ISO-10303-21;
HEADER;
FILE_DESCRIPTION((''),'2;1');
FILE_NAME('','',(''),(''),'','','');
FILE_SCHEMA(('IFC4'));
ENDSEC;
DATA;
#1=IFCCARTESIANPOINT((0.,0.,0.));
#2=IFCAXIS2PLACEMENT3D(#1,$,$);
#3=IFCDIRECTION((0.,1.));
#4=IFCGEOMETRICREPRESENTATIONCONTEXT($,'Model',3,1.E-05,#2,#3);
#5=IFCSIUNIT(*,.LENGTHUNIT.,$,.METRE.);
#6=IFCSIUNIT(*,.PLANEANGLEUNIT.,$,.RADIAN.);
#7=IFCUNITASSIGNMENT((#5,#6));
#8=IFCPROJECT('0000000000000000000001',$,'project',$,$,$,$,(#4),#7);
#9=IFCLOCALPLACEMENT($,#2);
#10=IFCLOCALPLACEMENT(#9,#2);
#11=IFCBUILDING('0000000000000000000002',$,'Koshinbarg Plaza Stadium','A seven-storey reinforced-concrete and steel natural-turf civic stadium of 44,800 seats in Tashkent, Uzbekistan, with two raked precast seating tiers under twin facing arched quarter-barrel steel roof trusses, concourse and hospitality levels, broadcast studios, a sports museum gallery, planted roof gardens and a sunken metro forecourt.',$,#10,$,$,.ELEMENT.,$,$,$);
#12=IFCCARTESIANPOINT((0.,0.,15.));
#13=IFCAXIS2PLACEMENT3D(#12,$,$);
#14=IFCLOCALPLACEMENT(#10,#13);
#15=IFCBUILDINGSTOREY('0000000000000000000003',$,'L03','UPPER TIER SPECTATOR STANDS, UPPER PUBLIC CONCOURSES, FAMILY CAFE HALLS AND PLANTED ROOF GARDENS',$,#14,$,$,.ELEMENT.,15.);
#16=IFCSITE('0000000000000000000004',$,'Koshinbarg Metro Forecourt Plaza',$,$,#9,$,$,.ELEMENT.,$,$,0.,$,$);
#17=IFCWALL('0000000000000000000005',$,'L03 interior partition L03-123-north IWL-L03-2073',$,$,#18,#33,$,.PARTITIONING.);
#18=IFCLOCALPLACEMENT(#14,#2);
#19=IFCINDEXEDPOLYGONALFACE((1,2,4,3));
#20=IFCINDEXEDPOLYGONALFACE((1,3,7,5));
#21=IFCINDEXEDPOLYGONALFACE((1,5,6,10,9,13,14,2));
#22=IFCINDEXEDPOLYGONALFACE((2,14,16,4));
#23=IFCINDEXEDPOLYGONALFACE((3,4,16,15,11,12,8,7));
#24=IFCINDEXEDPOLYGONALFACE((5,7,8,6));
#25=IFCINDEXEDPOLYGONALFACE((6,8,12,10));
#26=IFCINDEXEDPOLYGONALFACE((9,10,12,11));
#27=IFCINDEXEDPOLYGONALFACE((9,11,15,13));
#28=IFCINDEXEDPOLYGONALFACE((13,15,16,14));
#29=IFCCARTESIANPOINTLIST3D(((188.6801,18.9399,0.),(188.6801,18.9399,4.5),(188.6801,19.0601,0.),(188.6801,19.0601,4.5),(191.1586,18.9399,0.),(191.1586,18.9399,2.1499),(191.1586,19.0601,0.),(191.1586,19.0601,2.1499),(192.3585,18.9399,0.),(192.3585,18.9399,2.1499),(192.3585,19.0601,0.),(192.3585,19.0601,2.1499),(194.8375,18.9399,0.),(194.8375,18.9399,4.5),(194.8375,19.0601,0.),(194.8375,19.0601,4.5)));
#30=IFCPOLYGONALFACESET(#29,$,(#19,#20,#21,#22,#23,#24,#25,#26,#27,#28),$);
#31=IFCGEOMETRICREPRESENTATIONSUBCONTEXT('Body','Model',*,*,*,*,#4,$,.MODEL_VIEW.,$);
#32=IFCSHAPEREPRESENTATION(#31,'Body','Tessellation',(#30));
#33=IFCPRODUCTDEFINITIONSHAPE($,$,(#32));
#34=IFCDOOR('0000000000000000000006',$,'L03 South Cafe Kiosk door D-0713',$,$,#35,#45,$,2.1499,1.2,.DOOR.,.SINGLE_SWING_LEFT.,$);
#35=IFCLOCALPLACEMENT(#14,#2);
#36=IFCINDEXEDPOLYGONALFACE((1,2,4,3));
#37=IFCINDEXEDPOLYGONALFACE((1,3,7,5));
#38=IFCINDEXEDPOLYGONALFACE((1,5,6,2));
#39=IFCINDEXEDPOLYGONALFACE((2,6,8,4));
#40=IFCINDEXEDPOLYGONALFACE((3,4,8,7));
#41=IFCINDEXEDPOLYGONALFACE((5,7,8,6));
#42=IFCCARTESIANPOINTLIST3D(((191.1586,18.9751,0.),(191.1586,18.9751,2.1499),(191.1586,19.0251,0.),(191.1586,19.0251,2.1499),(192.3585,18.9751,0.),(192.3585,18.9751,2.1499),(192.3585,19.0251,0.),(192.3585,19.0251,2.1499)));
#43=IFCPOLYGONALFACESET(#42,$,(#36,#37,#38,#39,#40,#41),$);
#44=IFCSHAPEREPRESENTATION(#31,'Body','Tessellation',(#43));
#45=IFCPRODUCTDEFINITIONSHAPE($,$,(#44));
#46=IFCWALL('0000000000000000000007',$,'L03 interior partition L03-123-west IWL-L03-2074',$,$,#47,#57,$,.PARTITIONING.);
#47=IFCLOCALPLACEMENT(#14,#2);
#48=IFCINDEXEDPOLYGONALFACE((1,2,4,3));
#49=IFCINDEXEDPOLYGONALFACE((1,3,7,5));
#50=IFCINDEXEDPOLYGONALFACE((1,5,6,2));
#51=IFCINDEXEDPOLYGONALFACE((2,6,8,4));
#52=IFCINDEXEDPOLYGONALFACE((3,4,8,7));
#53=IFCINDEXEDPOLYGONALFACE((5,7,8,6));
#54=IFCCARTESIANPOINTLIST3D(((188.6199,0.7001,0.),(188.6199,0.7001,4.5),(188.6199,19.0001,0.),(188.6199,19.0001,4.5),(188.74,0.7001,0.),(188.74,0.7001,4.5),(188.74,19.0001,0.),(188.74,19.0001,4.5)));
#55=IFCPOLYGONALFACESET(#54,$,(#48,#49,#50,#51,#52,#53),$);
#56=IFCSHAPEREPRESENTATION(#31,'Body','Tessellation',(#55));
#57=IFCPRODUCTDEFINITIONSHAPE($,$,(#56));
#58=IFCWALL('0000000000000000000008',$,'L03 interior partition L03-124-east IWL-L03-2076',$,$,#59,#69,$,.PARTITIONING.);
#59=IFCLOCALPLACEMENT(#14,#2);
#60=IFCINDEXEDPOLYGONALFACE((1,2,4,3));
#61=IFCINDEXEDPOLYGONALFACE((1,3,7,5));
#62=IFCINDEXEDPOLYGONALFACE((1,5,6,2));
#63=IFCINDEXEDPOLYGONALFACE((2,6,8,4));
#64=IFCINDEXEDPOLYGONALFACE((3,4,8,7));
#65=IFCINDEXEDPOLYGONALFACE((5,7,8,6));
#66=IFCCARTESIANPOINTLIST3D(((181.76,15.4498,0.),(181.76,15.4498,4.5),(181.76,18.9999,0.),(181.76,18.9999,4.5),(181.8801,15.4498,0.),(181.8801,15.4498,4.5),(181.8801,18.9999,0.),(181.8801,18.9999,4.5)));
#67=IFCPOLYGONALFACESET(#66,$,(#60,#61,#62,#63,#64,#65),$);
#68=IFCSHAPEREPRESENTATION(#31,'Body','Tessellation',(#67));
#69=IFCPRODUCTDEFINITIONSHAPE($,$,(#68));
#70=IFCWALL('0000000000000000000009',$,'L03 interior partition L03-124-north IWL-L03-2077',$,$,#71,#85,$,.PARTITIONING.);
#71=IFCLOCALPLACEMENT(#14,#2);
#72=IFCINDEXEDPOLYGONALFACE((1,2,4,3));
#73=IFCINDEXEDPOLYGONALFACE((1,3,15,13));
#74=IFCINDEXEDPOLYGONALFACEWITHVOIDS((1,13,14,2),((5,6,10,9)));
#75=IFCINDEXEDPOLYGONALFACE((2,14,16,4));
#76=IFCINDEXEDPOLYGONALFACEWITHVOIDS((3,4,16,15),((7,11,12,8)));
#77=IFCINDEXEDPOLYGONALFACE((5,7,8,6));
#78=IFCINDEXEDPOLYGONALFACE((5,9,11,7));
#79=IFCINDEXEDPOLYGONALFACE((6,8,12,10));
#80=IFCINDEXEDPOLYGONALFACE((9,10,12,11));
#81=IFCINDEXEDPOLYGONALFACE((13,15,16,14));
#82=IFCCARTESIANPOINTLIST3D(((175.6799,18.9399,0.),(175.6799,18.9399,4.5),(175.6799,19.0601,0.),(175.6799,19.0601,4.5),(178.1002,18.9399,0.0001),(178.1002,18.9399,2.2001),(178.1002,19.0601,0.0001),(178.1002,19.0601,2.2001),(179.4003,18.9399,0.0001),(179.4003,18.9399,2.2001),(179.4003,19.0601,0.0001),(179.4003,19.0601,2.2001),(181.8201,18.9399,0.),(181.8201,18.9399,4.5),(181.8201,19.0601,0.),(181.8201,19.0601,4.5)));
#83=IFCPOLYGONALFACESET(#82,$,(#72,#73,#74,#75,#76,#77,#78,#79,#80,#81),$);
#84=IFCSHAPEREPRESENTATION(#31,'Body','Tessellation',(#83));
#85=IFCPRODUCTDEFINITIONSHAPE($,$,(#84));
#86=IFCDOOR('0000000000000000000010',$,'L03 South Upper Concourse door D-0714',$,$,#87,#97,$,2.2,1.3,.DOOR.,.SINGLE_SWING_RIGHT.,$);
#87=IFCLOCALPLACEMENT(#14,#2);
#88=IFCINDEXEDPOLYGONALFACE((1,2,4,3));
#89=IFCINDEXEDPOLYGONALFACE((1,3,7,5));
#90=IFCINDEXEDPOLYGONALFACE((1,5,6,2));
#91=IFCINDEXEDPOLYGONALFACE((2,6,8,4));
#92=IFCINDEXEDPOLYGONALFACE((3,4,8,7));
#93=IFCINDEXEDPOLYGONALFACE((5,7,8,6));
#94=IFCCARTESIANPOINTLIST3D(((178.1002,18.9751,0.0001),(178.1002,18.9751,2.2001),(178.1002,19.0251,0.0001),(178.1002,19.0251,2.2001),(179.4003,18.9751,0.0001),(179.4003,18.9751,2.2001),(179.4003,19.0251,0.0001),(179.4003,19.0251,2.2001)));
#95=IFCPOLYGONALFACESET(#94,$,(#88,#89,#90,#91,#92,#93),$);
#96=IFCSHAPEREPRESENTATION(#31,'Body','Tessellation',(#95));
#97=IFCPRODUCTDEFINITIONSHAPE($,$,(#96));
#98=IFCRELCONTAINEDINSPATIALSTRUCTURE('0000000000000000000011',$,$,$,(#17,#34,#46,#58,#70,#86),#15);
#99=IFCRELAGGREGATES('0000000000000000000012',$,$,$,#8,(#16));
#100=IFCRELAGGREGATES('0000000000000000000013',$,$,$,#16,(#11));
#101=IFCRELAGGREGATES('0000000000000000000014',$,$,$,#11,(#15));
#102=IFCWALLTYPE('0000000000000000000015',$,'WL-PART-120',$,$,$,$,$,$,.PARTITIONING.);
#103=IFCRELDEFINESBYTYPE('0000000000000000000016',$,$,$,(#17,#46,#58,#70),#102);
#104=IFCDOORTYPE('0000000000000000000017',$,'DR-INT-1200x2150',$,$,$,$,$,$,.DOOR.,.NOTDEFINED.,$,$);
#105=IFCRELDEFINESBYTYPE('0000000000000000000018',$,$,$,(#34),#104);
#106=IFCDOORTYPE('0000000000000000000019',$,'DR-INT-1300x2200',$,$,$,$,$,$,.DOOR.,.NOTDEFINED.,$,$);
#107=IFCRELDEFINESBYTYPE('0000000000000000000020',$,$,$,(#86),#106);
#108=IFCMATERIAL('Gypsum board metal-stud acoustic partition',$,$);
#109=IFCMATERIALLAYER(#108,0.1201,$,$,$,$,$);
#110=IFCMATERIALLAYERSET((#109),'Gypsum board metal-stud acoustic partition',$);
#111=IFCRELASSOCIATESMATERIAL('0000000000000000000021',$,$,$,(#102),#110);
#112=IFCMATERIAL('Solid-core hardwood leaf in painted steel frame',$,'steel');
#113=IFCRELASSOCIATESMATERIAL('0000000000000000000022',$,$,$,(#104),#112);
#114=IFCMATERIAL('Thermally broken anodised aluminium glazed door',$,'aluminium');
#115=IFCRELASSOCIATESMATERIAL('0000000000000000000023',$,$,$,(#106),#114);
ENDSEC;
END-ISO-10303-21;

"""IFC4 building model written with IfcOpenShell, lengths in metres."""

from ifc_helpers import new_model, si_unit, direction, frame, frame_2d, origin, place, context, subcontext, project, spatial, rectangle, extrude, material, layer, layer_set, type_object, element, fill, save


model = new_model("IFC4")

# Units and contexts
model_context = context("Model", 3, precision=1e-05, world=origin(), true_north=direction((0.0, 1.0)))
body_context = subcontext(model_context, "Body", "Model", "MODEL_VIEW")
ifc_project = project(units=[si_unit("LENGTHUNIT", "METRE"), si_unit("PLANEANGLEUNIT", "RADIAN")], contexts=[model_context])

# Site, building, storey
site_placement = place(None, origin())
site = spatial("IfcSite", under=ifc_project, at=site_placement, Name="Koshinbarg Metro Forecourt Plaza", CompositionType="ELEMENT", RefElevation=0.0)
building_placement = place(site_placement, origin())
building = spatial("IfcBuilding", under=site, at=building_placement, Name="Koshinbarg Plaza Stadium", Description="A seven-storey reinforced-concrete and steel natural-turf civic stadium of 44,800 seats in Tashkent, Uzbekistan, with two raked precast seating tiers under twin facing arched quarter-barrel steel roof trusses, concourse and hospitality levels, broadcast studios, a sports museum gallery, planted roof gardens and a sunken metro forecourt.", CompositionType="ELEMENT")
storey_placement = place(building_placement, frame((0.0, 0.0, 15.0)))
storey = spatial("IfcBuildingStorey", under=building, at=storey_placement, Name="L03", Description="UPPER TIER SPECTATOR STANDS, UPPER PUBLIC CONCOURSES, FAMILY CAFE HALLS AND PLANTED ROOF GARDENS", CompositionType="ELEMENT", Elevation=15.0)

# Shared definitions
ifc_material_1 = material(Name="Gypsum board metal-stud acoustic partition")
ifc_layer_1 = layer(ifc_material_1, 0.1201)
ifc_layer_set_1 = layer_set([ifc_layer_1], Name="Gypsum board metal-stud acoustic partition")
wall_type_1 = type_object("IfcWallType", Name="WL-PART-120", PredefinedType="PARTITIONING", material=ifc_layer_set_1)

# Wall, opening, door
wall_1_placement = place(storey_placement, frame((194.8374, 19.0, 0.0), z_axis=(0.0, 0.0, 1.0), x_axis=(-1.0, 0.0, 0.0)))
wall_1 = element("IfcWall", 1, at=wall_1_placement, inside=storey, type_object=wall_type_1, Name="L03 interior partition L03-123-north IWL-L03-2073", PredefinedType="PARTITIONING", context=body_context, shape_type="SweptSolid", body=[
    extrude(rectangle(XDim=6.1575, YDim=0.1201, at=frame_2d((3.0786, 0.0))), origin(), (0.0, 0.0, 1.0), 4.5),
])
opening_1_placement = place(wall_1_placement, frame((2.4788, 0.0, 0.0)))
opening_1 = element("IfcOpeningElement", 2, at=opening_1_placement, cuts=wall_1, PredefinedType="OPENING", context=body_context, shape_type="SweptSolid", body=[
    extrude(rectangle(XDim=1.2, YDim=2.1499, at=frame_2d((0.6001, 1.075))), frame((0.0, 0.0701, 0.0), z_axis=(0.0, -1.0, 0.0), x_axis=(1.0, 0.0, 0.0)), (0.0, 0.0, 1.0), 0.1401),
])
ifc_material_2 = material(Name="Solid-core hardwood leaf in painted steel frame", Category="steel")
door_type_1 = type_object("IfcDoorType", Name="DR-INT-1200x2150", OperationType="NOTDEFINED", PredefinedType="DOOR", material=ifc_material_2)
door_1_placement = place(opening_1_placement, origin())
door_1 = element("IfcDoor", 3, at=door_1_placement, inside=storey, type_object=door_type_1, Name="L03 South Cafe Kiosk door D-0713", OperationType="SINGLE_SWING_LEFT", OverallHeight=2.1499, OverallWidth=1.2, PredefinedType="DOOR", context=body_context, shape_type="SweptSolid", body=[
    extrude(rectangle(XDim=1.2, YDim=2.1499, at=frame_2d((0.6001, 1.075))), frame((0.0, 0.0249, 0.0), z_axis=(0.0, -1.0, 0.0), x_axis=(1.0, 0.0, 0.0)), (0.0, 0.0, 1.0), 0.05),
])
fill(opening_1, door_1)

# Walls
wall_2_placement = place(storey_placement, frame((188.6799, 19.0, 0.0), z_axis=(0.0, 0.0, 1.0), x_axis=(0.0, -1.0, 0.0)))
element("IfcWall", 4, at=wall_2_placement, inside=storey, type_object=wall_type_1, Name="L03 interior partition L03-123-west IWL-L03-2074", PredefinedType="PARTITIONING", context=body_context, shape_type="SweptSolid", body=[
    extrude(rectangle(XDim=18.3, YDim=0.1201, at=frame_2d((9.1499, 0.0))), origin(), (0.0, 0.0, 1.0), 4.5),
])
wall_3_placement = place(storey_placement, frame((181.8201, 15.45, 0.0), z_axis=(0.0, 0.0, 1.0), x_axis=(0.0, 1.0, 0.0)))
element("IfcWall", 5, at=wall_3_placement, inside=storey, type_object=wall_type_1, Name="L03 interior partition L03-124-east IWL-L03-2076", PredefinedType="PARTITIONING", context=body_context, shape_type="SweptSolid", body=[
    extrude(rectangle(XDim=3.55, YDim=0.1201, at=frame_2d((1.7749, 0.0))), origin(), (0.0, 0.0, 1.0), 4.5),
])

# Wall, opening, door
wall_4_placement = place(storey_placement, frame((181.8201, 19.0, 0.0), z_axis=(0.0, 0.0, 1.0), x_axis=(-1.0, 0.0, 0.0)))
wall_4 = element("IfcWall", 6, at=wall_4_placement, inside=storey, type_object=wall_type_1, Name="L03 interior partition L03-124-north IWL-L03-2077", PredefinedType="PARTITIONING", context=body_context, shape_type="SweptSolid", body=[
    extrude(rectangle(XDim=6.1401, YDim=0.1201, at=frame_2d((3.0701, 0.0))), origin(), (0.0, 0.0, 1.0), 4.5),
])
opening_2_placement = place(wall_4_placement, frame((2.4199, 0.0, 0.0)))
opening_2 = element("IfcOpeningElement", 7, at=opening_2_placement, cuts=wall_4, PredefinedType="OPENING", context=body_context, shape_type="SweptSolid", body=[
    extrude(rectangle(XDim=1.3, YDim=2.2, at=frame_2d((0.6499, 1.1001))), frame((0.0, 0.0701, 0.0), z_axis=(0.0, -1.0, 0.0), x_axis=(1.0, 0.0, 0.0)), (0.0, 0.0, 1.0), 0.1401),
])
ifc_material_3 = material(Name="Thermally broken anodised aluminium glazed door", Category="aluminium")
door_type_2 = type_object("IfcDoorType", Name="DR-INT-1300x2200", OperationType="NOTDEFINED", PredefinedType="DOOR", material=ifc_material_3)
door_2_placement = place(opening_2_placement, origin())
door_2 = element("IfcDoor", 8, at=door_2_placement, inside=storey, type_object=door_type_2, Name="L03 South Upper Concourse door D-0714", OperationType="SINGLE_SWING_RIGHT", OverallHeight=2.2, OverallWidth=1.3, PredefinedType="DOOR", context=body_context, shape_type="SweptSolid", body=[
    extrude(rectangle(XDim=1.3, YDim=2.2, at=frame_2d((0.6499, 1.1001))), frame((0.0, 0.0249, 0.0), z_axis=(0.0, -1.0, 0.0), x_axis=(1.0, 0.0, 0.0)), (0.0, 0.0, 1.0), 0.05),
])
fill(opening_2, door_2)

save(model, "model.ifc")
